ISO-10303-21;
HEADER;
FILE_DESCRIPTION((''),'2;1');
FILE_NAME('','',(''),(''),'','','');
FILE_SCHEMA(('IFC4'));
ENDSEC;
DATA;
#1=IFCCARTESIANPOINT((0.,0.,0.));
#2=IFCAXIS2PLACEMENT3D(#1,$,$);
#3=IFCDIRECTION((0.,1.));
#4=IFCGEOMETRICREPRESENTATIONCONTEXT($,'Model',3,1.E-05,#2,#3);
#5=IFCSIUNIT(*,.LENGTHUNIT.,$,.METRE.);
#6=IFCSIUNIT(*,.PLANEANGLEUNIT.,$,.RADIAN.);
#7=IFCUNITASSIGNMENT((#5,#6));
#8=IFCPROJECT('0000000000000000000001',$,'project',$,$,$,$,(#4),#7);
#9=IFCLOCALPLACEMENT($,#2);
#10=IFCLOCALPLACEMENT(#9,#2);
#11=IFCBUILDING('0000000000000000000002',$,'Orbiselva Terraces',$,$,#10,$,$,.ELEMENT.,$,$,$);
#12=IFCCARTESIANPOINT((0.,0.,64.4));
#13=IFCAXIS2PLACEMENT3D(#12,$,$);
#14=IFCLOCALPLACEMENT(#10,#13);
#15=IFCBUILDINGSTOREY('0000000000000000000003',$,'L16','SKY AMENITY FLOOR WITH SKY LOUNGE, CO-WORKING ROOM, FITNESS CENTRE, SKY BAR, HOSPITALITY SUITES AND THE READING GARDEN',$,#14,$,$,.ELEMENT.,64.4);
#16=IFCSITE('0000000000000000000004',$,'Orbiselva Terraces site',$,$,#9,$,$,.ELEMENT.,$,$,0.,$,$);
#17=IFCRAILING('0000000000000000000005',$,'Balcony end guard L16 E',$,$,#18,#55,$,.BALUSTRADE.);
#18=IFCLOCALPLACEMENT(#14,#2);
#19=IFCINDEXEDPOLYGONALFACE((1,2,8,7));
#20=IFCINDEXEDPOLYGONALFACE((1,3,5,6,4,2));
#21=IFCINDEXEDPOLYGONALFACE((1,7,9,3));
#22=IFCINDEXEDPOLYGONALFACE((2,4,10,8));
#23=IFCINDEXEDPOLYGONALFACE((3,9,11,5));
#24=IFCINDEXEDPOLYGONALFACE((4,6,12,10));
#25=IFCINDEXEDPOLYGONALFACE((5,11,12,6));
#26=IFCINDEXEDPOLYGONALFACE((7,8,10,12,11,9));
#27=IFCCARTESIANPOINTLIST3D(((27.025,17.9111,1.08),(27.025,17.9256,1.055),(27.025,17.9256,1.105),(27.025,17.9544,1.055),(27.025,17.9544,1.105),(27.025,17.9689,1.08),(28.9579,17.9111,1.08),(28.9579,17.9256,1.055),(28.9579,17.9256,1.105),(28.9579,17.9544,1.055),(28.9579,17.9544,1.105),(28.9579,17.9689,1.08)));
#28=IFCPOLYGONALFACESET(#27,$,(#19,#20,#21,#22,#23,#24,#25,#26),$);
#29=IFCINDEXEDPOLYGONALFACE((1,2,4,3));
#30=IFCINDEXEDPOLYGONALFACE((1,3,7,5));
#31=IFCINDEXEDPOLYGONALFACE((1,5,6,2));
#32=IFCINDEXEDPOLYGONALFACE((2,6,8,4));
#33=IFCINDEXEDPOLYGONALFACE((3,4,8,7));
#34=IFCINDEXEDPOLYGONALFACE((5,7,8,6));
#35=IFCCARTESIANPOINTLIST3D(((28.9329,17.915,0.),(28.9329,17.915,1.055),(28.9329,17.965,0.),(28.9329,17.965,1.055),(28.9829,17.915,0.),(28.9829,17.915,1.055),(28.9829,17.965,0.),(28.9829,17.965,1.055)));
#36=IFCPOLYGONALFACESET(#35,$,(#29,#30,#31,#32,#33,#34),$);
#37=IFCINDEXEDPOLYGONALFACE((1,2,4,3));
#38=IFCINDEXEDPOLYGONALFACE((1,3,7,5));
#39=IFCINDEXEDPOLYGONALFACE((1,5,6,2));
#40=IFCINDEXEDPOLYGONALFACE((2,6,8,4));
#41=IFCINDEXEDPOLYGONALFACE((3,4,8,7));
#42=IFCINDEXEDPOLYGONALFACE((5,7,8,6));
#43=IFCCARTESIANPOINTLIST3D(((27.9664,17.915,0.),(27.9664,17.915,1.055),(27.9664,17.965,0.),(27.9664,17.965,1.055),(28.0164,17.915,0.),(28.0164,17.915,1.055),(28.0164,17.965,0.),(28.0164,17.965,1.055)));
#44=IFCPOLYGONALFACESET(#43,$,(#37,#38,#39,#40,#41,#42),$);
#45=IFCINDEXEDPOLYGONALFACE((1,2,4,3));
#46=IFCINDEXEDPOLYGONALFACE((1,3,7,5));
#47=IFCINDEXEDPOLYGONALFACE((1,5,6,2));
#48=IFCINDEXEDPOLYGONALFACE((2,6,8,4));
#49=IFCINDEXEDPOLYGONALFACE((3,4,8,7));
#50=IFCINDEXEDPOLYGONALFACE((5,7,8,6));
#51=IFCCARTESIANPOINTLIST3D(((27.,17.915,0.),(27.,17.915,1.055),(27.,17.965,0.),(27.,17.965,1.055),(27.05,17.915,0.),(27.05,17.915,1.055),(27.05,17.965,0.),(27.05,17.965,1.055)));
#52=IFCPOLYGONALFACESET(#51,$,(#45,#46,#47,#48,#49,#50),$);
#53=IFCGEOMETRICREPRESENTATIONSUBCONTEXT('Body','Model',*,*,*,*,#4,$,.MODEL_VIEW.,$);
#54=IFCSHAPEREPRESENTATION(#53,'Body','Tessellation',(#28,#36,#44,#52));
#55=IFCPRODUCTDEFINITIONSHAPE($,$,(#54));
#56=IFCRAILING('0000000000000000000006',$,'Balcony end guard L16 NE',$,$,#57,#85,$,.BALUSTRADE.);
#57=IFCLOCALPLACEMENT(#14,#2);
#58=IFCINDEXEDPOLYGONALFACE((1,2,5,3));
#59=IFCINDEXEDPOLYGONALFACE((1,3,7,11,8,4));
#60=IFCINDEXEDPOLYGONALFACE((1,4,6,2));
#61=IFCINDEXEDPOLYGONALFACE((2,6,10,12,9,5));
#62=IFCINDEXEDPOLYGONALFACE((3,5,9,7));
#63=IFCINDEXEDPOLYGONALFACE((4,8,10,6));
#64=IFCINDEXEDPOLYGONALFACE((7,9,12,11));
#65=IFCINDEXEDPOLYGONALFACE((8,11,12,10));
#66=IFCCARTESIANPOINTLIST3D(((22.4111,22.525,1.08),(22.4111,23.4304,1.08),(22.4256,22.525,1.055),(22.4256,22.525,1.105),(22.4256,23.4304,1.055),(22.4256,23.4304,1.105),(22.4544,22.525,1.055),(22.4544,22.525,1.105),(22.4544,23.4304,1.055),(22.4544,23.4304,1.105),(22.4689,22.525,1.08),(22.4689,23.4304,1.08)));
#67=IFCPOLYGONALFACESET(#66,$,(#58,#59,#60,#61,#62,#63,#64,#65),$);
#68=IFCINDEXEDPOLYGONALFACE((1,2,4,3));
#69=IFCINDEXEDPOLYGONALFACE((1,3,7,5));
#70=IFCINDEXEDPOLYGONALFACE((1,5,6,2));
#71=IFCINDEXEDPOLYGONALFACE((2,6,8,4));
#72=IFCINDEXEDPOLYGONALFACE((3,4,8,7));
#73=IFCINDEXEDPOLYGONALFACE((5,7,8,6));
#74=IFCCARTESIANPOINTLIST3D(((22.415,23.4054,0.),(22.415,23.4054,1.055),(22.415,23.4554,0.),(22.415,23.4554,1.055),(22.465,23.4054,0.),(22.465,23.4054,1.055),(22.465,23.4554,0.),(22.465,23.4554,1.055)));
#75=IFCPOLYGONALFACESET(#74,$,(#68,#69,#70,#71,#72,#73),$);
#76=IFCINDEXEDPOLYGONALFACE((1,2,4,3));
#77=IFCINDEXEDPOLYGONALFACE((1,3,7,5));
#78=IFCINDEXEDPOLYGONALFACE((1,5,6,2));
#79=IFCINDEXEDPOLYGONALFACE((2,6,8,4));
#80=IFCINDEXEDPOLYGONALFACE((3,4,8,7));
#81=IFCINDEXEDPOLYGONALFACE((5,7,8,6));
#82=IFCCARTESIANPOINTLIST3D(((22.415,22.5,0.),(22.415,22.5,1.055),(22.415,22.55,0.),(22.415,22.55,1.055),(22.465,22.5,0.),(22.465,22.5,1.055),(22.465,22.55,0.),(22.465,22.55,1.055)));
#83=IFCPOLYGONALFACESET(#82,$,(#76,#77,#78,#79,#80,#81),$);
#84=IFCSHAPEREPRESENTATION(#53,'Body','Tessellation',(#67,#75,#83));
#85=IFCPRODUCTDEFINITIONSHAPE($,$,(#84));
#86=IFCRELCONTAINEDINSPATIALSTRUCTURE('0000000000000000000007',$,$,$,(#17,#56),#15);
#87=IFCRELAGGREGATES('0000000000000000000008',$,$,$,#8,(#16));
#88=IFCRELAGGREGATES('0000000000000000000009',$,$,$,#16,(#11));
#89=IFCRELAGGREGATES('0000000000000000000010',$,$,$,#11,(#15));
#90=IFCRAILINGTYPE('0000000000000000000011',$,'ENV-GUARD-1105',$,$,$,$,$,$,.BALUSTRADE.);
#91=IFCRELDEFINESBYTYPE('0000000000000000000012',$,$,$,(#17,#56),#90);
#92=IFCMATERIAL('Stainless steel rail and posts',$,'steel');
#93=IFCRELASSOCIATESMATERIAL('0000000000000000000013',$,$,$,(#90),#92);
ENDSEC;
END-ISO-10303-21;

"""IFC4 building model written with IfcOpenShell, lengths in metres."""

from ifc_helpers import new_model, si_unit, direction, frame, origin, origin_2d, place, context, subcontext, project, spatial, polyline, rectangle, outline, extrude, material, type_object, element, save


model = new_model("IFC4")

# Units and contexts
model_context = context("Model", 3, precision=1e-05, world=origin(), true_north=direction((0.0, 1.0)))
body_context = subcontext(model_context, "Body", "Model", "MODEL_VIEW")
ifc_project = project(units=[si_unit("LENGTHUNIT", "METRE"), si_unit("PLANEANGLEUNIT", "RADIAN")], contexts=[model_context])

# Site, building, storey
site_placement = place(None, origin())
site = spatial("IfcSite", under=ifc_project, at=site_placement, Name="Orbiselva Terraces site", CompositionType="ELEMENT", RefElevation=0.0)
building_placement = place(site_placement, origin())
building = spatial("IfcBuilding", under=site, at=building_placement, Name="Orbiselva Terraces", CompositionType="ELEMENT")
storey_placement = place(building_placement, frame((0.0, 0.0, 64.4)))
storey = spatial("IfcBuildingStorey", under=building, at=storey_placement, Name="L16", Description="SKY AMENITY FLOOR WITH SKY LOUNGE, CO-WORKING ROOM, FITNESS CENTRE, SKY BAR, HOSPITALITY SUITES AND THE READING GARDEN", CompositionType="ELEMENT", Elevation=64.4)

# Railings
ifc_material_1 = material(Name="Stainless steel rail and posts", Category="steel")
railing_type_1 = type_object("IfcRailingType", Name="ENV-GUARD-1105", PredefinedType="BALUSTRADE", material=ifc_material_1)
railing_1_placement = place(storey_placement, frame((28.9579, 17.94, 0.0)))
element("IfcRailing", 1, at=railing_1_placement, inside=storey, type_object=railing_type_1, Name="Balcony end guard L16 E", PredefinedType="BALUSTRADE", context=body_context, shape_type="SweptSolid", body=[
    extrude(outline(polyline([(0.0289, 0.0), (0.0144, 0.025), (-0.0144, 0.025), (-0.0289, 0.0), (-0.0144, -0.025), (0.0144, -0.025), (0.0289, 0.0)])), frame((0.0, 0.0, 1.08), z_axis=(-1.0, 0.0, 0.0), x_axis=(0.0, -1.0, 0.0)), (0.0, 0.0, 1.0), 1.9329),
    extrude(rectangle(XDim=0.05, YDim=0.05, at=origin_2d()), origin(), (0.0, 0.0, 1.0), 1.055),
    extrude(rectangle(XDim=0.05, YDim=0.05, at=origin_2d()), frame((-0.9664, 0.0, 0.0)), (0.0, 0.0, 1.0), 1.055),
    extrude(rectangle(XDim=0.05, YDim=0.05, at=origin_2d()), frame((-1.9329, 0.0, 0.0)), (0.0, 0.0, 1.0), 1.055),
])
railing_2_placement = place(storey_placement, frame((22.44, 23.4304, 0.0)))
element("IfcRailing", 2, at=railing_2_placement, inside=storey, type_object=railing_type_1, Name="Balcony end guard L16 NE", PredefinedType="BALUSTRADE", context=body_context, shape_type="SweptSolid", body=[
    extrude(outline(polyline([(0.0289, 0.0), (0.0144, 0.025), (-0.0144, 0.025), (-0.0289, 0.0), (-0.0144, -0.025), (0.0144, -0.025), (0.0289, 0.0)])), frame((0.0, 0.0, 1.08), z_axis=(0.0, -1.0, 0.0), x_axis=(1.0, 0.0, 0.0)), (0.0, 0.0, 1.0), 0.9054),
    extrude(rectangle(XDim=0.05, YDim=0.05, at=origin_2d()), origin(), (0.0, 0.0, 1.0), 1.055),
    extrude(rectangle(XDim=0.05, YDim=0.05, at=origin_2d()), frame((0.0, -0.9054, 0.0)), (0.0, 0.0, 1.0), 1.055),
])

save(model, "model.ifc")
